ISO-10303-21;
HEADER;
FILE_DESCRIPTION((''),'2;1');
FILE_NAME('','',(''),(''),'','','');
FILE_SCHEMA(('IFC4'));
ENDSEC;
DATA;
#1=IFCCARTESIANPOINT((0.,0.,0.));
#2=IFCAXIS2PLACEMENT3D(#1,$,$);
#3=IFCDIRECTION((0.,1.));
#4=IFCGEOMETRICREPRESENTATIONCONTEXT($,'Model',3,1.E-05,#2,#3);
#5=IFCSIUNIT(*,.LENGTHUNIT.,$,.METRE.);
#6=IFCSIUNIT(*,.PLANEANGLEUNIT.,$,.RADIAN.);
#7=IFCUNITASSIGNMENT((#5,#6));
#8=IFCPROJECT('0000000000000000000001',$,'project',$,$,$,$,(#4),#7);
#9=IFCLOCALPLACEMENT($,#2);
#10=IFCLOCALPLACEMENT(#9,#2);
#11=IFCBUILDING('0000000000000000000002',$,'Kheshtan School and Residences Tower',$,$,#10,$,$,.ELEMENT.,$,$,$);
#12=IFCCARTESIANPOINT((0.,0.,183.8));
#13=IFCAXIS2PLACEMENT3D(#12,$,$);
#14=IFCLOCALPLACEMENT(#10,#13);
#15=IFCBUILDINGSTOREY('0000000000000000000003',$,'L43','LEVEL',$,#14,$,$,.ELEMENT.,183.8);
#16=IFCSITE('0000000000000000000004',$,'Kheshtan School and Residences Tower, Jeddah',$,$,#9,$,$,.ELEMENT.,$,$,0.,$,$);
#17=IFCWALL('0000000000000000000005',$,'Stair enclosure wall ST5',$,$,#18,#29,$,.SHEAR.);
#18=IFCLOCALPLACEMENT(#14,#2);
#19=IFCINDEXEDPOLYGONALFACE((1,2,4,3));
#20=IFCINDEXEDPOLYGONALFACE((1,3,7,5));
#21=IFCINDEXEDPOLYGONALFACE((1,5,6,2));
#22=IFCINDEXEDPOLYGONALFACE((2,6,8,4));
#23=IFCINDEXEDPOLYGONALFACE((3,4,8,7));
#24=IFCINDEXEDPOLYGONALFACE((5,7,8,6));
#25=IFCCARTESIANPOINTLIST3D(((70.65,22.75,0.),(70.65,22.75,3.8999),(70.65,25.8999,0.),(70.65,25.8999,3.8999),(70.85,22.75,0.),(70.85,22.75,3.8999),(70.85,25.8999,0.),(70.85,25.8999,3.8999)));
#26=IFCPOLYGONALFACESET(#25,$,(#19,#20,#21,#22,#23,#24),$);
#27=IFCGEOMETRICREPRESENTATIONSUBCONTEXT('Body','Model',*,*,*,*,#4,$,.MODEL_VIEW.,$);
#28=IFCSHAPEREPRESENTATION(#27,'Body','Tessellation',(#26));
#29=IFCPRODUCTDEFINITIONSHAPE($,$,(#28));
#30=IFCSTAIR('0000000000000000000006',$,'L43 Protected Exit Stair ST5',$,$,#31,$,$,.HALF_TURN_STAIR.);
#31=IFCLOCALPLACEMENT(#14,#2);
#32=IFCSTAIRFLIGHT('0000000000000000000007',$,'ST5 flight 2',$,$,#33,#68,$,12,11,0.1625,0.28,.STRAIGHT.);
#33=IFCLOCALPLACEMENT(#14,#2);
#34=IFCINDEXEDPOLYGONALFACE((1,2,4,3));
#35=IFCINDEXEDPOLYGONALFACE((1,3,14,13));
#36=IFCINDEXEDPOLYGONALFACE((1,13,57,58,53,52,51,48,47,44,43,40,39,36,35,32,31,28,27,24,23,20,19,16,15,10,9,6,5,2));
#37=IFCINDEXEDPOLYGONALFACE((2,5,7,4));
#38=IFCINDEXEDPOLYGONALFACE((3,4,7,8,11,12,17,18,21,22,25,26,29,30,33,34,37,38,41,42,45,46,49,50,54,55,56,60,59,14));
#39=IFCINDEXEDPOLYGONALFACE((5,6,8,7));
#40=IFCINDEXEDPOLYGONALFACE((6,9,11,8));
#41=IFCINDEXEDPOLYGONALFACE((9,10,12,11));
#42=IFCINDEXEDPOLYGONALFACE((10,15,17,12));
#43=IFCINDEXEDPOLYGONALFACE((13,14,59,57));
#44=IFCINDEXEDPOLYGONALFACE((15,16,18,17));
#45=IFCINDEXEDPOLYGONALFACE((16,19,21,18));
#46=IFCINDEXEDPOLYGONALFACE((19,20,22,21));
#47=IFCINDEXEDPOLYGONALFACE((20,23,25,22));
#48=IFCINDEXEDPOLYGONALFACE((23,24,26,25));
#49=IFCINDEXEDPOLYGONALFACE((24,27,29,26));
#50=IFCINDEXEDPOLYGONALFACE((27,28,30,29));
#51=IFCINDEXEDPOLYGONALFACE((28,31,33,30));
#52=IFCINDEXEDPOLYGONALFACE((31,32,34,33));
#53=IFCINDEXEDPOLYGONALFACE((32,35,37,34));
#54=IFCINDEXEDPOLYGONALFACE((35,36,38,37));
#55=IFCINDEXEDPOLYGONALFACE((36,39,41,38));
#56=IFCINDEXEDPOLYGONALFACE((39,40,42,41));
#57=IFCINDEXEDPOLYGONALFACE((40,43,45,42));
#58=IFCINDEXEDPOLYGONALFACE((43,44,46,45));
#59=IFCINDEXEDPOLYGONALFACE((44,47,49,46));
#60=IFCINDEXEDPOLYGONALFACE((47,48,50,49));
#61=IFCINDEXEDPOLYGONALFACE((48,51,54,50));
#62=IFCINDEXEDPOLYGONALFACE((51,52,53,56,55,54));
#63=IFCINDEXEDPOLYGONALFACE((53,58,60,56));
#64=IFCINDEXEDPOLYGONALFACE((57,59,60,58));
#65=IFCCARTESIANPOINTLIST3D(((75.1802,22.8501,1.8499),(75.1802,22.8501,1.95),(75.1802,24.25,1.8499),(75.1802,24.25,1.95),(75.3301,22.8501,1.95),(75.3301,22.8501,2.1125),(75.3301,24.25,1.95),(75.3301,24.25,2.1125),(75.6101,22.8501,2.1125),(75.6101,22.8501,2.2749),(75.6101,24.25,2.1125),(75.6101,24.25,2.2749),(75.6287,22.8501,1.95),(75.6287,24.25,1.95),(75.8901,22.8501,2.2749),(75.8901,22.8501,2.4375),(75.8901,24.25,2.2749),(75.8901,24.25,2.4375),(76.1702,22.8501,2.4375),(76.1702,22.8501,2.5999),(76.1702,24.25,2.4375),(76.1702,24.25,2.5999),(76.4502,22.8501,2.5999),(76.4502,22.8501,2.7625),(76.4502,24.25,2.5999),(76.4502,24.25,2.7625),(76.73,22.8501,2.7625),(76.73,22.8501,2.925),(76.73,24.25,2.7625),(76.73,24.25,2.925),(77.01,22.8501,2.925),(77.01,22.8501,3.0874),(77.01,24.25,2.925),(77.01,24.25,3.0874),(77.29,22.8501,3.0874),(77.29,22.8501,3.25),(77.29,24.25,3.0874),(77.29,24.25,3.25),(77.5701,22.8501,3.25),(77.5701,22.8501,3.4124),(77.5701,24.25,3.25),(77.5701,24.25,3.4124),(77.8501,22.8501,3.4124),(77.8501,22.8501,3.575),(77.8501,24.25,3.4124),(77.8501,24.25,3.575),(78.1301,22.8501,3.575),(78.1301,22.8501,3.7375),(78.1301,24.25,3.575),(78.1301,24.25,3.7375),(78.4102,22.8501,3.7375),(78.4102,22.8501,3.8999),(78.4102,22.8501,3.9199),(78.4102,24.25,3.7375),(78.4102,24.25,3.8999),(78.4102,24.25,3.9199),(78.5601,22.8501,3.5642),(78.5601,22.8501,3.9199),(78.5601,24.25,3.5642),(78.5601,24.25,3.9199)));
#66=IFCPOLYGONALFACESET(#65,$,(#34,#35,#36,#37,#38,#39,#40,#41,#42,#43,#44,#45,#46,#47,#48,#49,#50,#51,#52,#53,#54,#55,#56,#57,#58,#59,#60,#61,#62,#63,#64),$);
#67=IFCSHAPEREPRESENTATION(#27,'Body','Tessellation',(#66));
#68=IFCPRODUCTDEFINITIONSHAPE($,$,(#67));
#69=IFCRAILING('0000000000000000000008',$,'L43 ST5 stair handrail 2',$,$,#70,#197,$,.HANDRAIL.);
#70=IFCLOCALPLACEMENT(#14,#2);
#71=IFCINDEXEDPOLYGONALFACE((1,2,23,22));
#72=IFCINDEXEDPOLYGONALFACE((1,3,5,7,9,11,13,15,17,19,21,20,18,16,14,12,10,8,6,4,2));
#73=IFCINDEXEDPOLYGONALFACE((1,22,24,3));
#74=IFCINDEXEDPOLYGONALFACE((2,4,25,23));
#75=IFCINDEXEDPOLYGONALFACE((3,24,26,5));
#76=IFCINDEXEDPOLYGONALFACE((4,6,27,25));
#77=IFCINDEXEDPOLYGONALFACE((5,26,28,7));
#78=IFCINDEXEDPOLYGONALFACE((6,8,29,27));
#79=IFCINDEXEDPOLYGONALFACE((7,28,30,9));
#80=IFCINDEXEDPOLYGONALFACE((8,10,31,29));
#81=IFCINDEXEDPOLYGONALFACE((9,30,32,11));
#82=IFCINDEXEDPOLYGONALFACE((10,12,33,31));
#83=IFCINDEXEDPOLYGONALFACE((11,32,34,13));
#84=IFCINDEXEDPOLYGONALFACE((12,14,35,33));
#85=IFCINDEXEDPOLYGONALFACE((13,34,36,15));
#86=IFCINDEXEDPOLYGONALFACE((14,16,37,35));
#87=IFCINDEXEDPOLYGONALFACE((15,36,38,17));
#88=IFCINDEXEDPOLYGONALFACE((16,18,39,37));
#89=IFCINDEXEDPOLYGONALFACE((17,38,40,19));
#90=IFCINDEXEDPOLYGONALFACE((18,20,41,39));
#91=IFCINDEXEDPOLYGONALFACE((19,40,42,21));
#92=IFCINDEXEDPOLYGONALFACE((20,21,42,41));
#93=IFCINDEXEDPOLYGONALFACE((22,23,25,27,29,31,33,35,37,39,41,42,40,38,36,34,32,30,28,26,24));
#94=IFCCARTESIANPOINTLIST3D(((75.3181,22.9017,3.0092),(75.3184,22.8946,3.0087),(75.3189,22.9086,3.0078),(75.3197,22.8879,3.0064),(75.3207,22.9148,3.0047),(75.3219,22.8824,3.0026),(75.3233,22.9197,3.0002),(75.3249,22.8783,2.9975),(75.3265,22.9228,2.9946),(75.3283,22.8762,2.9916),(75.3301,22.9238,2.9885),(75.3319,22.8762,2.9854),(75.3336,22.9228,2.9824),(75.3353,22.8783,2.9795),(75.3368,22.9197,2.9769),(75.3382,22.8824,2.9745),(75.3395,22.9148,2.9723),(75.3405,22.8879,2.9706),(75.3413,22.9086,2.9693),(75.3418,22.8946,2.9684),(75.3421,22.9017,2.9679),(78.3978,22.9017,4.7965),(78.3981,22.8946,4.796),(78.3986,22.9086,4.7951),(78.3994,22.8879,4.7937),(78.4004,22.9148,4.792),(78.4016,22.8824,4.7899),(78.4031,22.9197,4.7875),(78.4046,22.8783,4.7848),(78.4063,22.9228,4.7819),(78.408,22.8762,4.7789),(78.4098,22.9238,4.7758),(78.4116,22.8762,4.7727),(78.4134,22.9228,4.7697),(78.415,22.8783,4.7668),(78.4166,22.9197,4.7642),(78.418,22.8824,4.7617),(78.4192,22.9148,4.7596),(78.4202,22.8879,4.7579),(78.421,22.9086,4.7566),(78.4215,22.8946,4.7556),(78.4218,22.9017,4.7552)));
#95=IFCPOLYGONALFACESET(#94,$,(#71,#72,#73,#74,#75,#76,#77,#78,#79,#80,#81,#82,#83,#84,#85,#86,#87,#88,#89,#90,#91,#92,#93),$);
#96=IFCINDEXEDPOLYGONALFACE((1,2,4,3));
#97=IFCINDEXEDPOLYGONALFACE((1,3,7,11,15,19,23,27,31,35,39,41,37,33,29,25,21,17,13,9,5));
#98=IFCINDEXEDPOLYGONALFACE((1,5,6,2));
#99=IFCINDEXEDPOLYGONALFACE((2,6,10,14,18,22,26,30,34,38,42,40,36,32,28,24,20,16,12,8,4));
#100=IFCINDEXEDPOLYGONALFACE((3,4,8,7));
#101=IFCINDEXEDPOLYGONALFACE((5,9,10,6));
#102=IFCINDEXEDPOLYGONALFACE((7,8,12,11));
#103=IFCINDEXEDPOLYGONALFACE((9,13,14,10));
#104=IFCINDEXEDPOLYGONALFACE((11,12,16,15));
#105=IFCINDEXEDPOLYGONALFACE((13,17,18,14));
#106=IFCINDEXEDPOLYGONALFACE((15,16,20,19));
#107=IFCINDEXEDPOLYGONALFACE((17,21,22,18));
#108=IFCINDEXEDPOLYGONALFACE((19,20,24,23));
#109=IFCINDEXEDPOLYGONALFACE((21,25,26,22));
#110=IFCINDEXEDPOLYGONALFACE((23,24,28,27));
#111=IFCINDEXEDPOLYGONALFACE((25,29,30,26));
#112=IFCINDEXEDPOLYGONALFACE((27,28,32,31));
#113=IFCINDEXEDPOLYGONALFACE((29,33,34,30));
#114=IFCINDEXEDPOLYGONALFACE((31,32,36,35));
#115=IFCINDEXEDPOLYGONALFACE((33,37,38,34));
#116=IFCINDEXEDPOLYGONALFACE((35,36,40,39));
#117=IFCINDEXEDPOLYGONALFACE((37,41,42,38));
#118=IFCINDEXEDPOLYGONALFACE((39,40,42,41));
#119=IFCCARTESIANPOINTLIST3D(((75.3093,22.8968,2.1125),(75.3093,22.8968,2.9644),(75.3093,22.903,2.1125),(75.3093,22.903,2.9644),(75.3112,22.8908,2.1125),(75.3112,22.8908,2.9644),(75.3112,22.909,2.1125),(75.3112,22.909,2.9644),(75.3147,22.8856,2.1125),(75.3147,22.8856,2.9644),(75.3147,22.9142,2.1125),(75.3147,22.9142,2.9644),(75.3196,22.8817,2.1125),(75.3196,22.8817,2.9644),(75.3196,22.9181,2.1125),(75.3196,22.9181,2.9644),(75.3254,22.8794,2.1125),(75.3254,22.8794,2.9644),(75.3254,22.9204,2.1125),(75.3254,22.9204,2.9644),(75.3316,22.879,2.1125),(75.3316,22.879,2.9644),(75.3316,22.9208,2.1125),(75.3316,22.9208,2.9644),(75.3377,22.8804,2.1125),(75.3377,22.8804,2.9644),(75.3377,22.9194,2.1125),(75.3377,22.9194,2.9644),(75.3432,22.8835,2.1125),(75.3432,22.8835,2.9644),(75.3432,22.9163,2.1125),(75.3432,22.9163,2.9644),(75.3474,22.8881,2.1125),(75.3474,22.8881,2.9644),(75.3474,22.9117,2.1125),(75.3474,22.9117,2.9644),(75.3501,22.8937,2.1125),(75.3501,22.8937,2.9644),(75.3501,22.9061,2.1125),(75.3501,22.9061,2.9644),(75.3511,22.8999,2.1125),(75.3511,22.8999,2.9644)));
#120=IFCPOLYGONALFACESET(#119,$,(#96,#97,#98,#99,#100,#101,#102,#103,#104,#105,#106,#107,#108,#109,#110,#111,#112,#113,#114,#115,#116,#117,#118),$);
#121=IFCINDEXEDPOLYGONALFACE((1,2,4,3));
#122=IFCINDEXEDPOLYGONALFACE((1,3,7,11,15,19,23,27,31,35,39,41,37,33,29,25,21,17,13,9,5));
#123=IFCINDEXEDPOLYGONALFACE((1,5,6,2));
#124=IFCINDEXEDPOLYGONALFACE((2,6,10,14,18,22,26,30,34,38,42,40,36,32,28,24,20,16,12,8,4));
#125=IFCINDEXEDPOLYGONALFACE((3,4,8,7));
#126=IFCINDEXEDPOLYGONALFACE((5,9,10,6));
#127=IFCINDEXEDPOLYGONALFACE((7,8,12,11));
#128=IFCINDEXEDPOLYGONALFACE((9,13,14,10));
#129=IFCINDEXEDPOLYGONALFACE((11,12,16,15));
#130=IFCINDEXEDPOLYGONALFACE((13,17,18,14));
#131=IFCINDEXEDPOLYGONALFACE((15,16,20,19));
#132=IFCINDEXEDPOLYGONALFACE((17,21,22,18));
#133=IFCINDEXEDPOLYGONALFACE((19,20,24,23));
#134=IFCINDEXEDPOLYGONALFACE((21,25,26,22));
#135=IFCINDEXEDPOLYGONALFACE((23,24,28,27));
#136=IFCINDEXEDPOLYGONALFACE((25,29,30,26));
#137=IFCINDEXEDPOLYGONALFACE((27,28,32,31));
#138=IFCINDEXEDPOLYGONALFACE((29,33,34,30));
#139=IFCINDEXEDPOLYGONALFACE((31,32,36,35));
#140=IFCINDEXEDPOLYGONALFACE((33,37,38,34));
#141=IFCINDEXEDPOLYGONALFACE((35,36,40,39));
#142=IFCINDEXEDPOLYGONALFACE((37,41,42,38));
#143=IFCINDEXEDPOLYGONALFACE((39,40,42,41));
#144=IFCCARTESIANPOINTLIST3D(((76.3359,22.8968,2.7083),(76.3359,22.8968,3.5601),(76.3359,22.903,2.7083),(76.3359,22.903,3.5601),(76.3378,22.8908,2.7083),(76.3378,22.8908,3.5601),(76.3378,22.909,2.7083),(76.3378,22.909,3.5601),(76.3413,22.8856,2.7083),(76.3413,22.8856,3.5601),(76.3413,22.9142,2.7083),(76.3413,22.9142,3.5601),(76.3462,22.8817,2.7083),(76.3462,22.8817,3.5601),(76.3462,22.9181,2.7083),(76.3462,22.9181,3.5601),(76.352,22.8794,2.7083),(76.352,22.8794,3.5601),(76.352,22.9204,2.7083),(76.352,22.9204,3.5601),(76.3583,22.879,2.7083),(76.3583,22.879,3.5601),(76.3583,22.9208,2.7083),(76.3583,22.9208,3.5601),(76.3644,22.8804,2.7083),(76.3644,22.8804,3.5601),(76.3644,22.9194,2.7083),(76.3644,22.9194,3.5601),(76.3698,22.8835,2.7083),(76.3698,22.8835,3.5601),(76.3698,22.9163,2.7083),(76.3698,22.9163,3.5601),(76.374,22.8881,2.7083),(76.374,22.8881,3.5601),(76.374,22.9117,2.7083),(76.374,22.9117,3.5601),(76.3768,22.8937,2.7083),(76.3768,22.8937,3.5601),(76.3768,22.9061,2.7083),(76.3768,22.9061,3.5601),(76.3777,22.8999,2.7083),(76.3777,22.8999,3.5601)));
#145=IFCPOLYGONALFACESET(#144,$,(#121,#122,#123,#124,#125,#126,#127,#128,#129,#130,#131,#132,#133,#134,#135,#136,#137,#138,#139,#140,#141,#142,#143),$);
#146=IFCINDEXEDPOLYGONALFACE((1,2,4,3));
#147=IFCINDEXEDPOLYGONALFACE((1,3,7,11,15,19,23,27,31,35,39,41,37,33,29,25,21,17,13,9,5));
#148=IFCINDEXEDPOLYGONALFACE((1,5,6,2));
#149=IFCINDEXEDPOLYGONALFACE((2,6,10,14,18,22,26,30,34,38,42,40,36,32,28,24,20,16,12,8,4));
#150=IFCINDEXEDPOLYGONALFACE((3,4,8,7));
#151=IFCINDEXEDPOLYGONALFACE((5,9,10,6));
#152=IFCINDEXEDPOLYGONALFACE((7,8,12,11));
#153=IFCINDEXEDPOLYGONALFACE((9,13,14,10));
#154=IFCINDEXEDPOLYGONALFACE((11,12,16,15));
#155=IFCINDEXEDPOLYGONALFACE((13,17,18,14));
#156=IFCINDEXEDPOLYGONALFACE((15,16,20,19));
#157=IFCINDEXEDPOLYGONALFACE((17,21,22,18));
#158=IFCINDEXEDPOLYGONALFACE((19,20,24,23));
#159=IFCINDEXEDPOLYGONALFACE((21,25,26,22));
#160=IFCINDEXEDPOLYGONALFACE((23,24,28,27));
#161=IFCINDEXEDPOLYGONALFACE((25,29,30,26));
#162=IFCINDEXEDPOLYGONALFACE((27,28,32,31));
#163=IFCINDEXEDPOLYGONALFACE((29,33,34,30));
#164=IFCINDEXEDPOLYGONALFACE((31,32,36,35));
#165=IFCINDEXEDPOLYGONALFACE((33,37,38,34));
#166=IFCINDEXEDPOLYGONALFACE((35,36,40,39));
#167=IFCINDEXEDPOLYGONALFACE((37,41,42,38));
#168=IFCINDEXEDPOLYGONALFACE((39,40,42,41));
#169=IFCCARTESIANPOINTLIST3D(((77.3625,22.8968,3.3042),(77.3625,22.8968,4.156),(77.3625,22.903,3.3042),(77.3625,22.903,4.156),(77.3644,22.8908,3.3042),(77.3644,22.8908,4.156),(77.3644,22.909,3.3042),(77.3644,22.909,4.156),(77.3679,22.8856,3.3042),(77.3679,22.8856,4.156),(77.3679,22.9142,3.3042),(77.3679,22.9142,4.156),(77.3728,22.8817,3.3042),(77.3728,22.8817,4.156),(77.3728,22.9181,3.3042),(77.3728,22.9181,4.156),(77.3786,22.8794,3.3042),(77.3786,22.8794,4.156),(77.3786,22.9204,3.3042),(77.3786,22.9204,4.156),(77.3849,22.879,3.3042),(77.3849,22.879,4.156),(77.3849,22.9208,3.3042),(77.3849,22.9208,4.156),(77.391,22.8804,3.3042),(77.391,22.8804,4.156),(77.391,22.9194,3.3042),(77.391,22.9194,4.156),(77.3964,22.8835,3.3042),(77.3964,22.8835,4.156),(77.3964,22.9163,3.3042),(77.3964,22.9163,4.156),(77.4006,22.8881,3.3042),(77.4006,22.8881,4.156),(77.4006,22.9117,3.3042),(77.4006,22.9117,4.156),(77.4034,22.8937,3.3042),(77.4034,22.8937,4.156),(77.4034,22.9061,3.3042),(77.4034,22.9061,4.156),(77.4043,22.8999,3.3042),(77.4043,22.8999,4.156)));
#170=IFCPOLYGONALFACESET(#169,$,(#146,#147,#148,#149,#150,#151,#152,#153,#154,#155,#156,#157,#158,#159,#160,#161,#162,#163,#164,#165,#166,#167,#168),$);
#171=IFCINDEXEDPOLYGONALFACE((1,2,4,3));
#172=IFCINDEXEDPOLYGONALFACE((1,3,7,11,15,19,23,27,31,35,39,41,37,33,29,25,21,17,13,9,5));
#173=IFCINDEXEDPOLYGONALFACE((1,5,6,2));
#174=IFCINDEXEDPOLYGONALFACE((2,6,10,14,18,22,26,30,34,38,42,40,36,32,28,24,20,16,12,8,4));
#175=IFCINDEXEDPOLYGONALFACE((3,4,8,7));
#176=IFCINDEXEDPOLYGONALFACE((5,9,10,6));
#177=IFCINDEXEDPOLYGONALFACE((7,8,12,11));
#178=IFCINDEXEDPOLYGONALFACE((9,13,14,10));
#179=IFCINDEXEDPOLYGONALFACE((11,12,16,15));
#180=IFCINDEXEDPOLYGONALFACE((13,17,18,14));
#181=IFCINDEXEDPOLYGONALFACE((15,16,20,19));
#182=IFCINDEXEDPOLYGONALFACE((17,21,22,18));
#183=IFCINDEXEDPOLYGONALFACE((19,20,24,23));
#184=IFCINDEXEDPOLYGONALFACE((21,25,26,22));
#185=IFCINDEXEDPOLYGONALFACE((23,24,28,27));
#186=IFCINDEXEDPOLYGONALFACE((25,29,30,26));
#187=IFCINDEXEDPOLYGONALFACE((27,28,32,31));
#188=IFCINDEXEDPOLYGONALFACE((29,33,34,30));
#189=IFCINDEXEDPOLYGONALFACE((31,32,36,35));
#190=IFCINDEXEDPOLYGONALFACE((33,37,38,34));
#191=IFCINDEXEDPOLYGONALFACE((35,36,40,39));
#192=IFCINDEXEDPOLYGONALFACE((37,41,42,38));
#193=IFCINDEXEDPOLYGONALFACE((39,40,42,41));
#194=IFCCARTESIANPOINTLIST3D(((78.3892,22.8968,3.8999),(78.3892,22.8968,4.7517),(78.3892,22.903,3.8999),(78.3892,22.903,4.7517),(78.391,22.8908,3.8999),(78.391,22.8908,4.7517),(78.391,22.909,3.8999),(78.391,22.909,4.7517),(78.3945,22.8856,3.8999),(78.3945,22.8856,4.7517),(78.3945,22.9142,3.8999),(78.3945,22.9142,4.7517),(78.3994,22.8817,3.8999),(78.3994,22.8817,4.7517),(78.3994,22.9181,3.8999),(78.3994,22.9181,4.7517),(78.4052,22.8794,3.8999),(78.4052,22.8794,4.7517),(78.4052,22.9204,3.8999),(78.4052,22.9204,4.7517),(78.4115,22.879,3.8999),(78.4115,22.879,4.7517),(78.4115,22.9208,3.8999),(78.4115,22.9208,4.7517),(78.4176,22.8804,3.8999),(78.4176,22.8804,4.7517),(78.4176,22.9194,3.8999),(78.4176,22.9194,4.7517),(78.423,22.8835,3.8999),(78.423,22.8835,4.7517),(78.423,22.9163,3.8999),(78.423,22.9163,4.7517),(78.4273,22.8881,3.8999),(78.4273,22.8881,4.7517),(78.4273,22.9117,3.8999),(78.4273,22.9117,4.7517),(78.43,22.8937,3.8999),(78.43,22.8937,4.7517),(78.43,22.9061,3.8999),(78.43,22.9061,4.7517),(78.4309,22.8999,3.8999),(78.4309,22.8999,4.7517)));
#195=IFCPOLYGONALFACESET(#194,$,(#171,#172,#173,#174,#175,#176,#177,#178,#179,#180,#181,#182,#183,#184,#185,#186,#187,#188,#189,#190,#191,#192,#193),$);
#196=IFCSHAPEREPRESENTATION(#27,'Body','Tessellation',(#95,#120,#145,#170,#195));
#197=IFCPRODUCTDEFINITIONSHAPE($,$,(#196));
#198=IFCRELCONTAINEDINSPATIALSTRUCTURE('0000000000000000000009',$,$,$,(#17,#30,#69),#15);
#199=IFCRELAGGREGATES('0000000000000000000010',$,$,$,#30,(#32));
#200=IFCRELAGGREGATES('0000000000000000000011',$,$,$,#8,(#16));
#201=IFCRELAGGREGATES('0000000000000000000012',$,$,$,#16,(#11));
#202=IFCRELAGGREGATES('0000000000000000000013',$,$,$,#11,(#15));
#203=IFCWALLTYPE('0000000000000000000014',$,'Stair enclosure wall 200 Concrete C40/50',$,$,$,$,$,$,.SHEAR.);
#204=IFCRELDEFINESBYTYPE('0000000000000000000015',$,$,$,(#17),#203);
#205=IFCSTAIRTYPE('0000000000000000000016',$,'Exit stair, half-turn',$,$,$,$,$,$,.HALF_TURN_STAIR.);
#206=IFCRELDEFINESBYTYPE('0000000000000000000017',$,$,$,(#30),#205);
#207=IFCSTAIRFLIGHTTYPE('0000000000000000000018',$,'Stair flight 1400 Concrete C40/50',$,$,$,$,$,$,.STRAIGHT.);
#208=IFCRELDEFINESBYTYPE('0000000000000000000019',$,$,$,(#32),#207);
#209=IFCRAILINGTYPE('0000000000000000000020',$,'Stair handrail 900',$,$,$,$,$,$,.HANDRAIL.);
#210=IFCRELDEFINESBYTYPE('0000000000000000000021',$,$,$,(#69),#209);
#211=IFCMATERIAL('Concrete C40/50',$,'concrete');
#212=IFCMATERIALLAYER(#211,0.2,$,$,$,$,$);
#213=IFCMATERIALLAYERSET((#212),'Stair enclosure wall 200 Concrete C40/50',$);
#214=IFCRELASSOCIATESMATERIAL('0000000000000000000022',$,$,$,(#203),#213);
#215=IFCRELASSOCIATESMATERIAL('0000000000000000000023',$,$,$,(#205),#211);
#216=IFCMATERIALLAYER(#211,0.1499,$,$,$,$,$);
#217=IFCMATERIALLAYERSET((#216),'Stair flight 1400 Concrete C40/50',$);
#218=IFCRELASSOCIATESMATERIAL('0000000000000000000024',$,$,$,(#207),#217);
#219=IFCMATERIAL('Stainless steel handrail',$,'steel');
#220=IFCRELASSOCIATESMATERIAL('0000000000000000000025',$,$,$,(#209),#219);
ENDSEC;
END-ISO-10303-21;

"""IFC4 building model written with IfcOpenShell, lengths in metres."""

from ifc_helpers import new_model, si_unit, direction, frame, frame_2d, origin, origin_2d, place, context, subcontext, project, spatial, polyline, rectangle, circle, outline, extrude, material, layer, layer_set, type_object, element, aggregate, save


model = new_model("IFC4")

# Units and contexts
model_context = context("Model", 3, precision=1e-05, world=origin(), true_north=direction((0.0, 1.0)))
body_context = subcontext(model_context, "Body", "Model", "MODEL_VIEW")
ifc_project = project(units=[si_unit("LENGTHUNIT", "METRE"), si_unit("PLANEANGLEUNIT", "RADIAN")], contexts=[model_context])

# Site, building, storey
site_placement = place(None, origin())
site = spatial("IfcSite", under=ifc_project, at=site_placement, Name="Kheshtan School and Residences Tower, Jeddah", CompositionType="ELEMENT", RefElevation=0.0)
building_placement = place(site_placement, origin())
building = spatial("IfcBuilding", under=site, at=building_placement, Name="Kheshtan School and Residences Tower", CompositionType="ELEMENT")
storey_placement = place(building_placement, frame((0.0, 0.0, 183.8)))
storey = spatial("IfcBuildingStorey", under=building, at=storey_placement, Name="L43", Description="LEVEL", CompositionType="ELEMENT", Elevation=183.8)

# Shared definitions
ifc_material_1 = material(Name="Concrete C40/50", Category="concrete")
ifc_layer_1 = layer(ifc_material_1, 0.2)
ifc_layer_set_1 = layer_set([ifc_layer_1], Name="Stair enclosure wall 200 Concrete C40/50")
wall_type = type_object("IfcWallType", Name="Stair enclosure wall 200 Concrete C40/50", PredefinedType="SHEAR", material=ifc_layer_set_1)

# Wall
wall_1_placement = place(storey_placement, frame((70.75, 22.75, 0.0), z_axis=(0.0, 0.0, 1.0), x_axis=(0.0, 1.0, 0.0)))
element("IfcWall", 1, at=wall_1_placement, inside=storey, type_object=wall_type, Name="Stair enclosure wall ST5", PredefinedType="SHEAR", context=body_context, shape_type="SweptSolid", body=[
    extrude(rectangle(XDim=3.1499, YDim=0.2, at=frame_2d((1.575, 0.0))), origin(), (0.0, 0.0, 1.0), 3.8999),
])

# Stair, stair flight
stair_type = type_object("IfcStairType", Name="Exit stair, half-turn", PredefinedType="HALF_TURN_STAIR", material=ifc_material_1)
stair_placement = place(storey_placement, origin())
stair = element("IfcStair", 2, at=stair_placement, inside=storey, type_object=stair_type, Name="L43 Protected Exit Stair ST5", PredefinedType="HALF_TURN_STAIR")
ifc_layer_2 = layer(ifc_material_1, 0.1499)
ifc_layer_set_2 = layer_set([ifc_layer_2], Name="Stair flight 1400 Concrete C40/50")
stair_flight_type = type_object("IfcStairFlightType", Name="Stair flight 1400 Concrete C40/50", PredefinedType="STRAIGHT", material=ifc_layer_set_2)
stair_flight_placement = place(storey_placement, frame((75.3301, 23.55, 1.95), z_axis=(0.0, 0.0, 1.0), x_axis=(1.0, 0.0, 0.0)))
stair_flight = element("IfcStairFlight", 3, at=stair_flight_placement, type_object=stair_flight_type, Name="ST5 flight 2", NumberOfRisers=12, NumberOfTreads=11, PredefinedType="STRAIGHT", RiserHeight=0.1625, TreadLength=0.28, context=body_context, shape_type="SweptSolid", body=[
    extrude(outline(polyline([(-0.1499, -0.1001), (-0.1499, 0.0), (0.0, 0.0), (0.0, 0.1626), (0.28, 0.1626), (0.28, 0.325), (0.5601, 0.325), (0.5601, 0.4875), (0.8401, 0.4875), (0.8401, 0.6499), (1.1201, 0.6499), (1.1201, 0.8125), (1.3999, 0.8125), (1.3999, 0.9751), (1.6799, 0.9751), (1.6799, 1.1375), (1.96, 1.1375), (1.96, 1.3), (2.24, 1.3), (2.24, 1.4624), (2.52, 1.4624), (2.52, 1.625), (2.8, 1.625), (2.8, 1.7876), (3.0801, 1.7876), (3.0801, 1.95), (3.0801, 1.97), (3.23, 1.97), (3.23, 1.6143), (0.2986, 0.0), (-0.1499, -0.1001)])), frame((0.0, 0.7, 0.0), z_axis=(0.0, -1.0, 0.0), x_axis=(1.0, 0.0, 0.0)), (0.0, 0.0, 1.0), 1.3999),
])
aggregate(stair, [stair_flight])

# Railing
ifc_material_2 = material(Name="Stainless steel handrail", Category="steel")
railing_type = type_object("IfcRailingType", Name="Stair handrail 900", PredefinedType="HANDRAIL", material=ifc_material_2)
railing_placement = place(storey_placement, frame((75.3301, 22.8999, 2.1125)))
element("IfcRailing", 4, at=railing_placement, inside=storey, type_object=railing_type, Name="L43 ST5 stair handrail 2", PredefinedType="HANDRAIL", context=body_context, shape_type="SweptSolid", body=[
    extrude(circle(Radius=0.0239, at=origin_2d()), frame((0.0, 0.0, 0.876), z_axis=(0.864903, 0.0, 0.501939), x_axis=(0.0, 1.0, 0.0)), (0.0, 0.0, 1.0), 3.5608),
    extrude(circle(Radius=0.021, at=origin_2d()), origin(), (0.0, 0.0, 1.0), 0.8518),
    extrude(circle(Radius=0.021, at=origin_2d()), frame((1.0266, 0.0, 0.5957)), (0.0, 0.0, 1.0), 0.8518),
    extrude(circle(Radius=0.021, at=origin_2d()), frame((2.0532, 0.0, 1.1917)), (0.0, 0.0, 1.0), 0.8518),
    extrude(circle(Radius=0.021, at=origin_2d()), frame((3.0798, 0.0, 1.7874)), (0.0, 0.0, 1.0), 0.8518),
])

save(model, "model.ifc")
